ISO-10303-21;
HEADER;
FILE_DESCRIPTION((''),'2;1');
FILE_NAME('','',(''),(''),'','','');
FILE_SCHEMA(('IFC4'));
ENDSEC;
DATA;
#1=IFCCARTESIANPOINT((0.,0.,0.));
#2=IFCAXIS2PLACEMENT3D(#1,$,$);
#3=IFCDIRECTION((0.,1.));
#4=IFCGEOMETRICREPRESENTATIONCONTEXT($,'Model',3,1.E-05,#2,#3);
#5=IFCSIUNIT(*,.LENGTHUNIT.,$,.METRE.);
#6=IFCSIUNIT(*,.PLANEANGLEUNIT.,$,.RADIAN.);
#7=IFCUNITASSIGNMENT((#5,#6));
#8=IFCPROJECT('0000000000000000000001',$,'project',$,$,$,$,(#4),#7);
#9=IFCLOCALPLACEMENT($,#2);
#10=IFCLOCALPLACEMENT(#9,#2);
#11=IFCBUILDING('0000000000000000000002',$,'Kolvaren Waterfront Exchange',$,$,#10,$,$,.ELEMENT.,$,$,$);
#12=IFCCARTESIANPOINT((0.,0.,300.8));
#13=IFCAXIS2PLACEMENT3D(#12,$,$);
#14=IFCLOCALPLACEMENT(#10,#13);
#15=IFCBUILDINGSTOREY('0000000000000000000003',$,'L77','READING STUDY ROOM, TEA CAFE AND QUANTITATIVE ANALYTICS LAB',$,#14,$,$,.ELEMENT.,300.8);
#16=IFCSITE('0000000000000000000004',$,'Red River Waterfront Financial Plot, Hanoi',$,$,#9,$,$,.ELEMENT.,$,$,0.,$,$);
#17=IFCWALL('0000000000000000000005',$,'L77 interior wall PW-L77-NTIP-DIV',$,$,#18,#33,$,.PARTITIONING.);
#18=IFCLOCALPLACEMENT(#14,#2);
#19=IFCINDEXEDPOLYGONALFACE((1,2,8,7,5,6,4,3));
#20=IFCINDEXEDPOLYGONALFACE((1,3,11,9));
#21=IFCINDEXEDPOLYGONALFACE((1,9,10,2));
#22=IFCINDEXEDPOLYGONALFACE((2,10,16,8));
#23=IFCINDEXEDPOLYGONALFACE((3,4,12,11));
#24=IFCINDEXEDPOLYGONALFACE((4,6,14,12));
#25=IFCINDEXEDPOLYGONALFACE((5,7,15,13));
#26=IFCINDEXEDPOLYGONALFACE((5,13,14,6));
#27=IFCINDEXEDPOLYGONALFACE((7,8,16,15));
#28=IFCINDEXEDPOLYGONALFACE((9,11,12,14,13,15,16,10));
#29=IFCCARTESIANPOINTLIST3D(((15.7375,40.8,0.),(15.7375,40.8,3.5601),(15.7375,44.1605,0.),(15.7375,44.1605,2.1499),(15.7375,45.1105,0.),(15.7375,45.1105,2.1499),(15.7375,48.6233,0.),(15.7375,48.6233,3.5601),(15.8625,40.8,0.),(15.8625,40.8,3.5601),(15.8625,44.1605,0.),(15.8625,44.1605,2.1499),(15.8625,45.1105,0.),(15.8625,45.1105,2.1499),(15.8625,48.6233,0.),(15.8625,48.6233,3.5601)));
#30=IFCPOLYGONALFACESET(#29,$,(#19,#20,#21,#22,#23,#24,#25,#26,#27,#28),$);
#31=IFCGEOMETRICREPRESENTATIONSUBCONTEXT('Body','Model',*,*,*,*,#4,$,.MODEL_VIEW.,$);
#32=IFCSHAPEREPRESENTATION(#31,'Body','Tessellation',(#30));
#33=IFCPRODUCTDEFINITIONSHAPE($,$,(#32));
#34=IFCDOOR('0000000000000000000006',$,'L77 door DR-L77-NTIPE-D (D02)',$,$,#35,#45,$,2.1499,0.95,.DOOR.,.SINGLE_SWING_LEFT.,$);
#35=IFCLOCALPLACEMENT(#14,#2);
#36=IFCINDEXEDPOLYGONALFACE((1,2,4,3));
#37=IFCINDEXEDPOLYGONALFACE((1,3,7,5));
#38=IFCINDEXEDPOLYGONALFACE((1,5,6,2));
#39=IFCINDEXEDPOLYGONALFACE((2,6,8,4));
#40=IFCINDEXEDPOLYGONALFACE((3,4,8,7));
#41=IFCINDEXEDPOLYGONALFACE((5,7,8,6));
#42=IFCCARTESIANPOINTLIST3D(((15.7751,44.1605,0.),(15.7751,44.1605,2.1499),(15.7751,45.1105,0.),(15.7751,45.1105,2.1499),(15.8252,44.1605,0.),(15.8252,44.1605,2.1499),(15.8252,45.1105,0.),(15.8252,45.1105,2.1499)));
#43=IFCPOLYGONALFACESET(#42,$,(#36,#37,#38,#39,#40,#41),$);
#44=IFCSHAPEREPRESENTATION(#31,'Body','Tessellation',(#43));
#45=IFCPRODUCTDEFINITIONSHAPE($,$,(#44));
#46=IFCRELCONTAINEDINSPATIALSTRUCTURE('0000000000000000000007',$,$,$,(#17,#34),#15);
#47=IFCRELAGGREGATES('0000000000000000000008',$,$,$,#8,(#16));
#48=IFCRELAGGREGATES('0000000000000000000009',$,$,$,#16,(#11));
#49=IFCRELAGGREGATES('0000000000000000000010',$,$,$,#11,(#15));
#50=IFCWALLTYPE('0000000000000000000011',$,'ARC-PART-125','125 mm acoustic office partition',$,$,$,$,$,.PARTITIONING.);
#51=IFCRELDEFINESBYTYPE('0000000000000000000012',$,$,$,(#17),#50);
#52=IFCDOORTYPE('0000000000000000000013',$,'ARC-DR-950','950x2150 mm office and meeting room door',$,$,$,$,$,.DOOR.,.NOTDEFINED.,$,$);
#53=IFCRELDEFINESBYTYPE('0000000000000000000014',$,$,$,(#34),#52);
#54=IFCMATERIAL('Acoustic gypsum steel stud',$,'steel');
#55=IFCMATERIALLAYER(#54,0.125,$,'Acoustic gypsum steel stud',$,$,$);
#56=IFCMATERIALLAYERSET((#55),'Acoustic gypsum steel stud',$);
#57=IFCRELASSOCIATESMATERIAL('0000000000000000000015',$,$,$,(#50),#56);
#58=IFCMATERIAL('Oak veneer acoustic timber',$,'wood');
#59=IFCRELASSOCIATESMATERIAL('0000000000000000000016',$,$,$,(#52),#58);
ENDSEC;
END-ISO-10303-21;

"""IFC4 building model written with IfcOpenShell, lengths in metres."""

from ifc_helpers import new_model, si_unit, direction, frame, frame_2d, origin, place, context, subcontext, project, spatial, rectangle, extrude, material, layer, layer_set, type_object, element, fill, save


model = new_model("IFC4")

# Units and contexts
model_context = context("Model", 3, precision=1e-05, world=origin(), true_north=direction((0.0, 1.0)))
body_context = subcontext(model_context, "Body", "Model", "MODEL_VIEW")
ifc_project = project(units=[si_unit("LENGTHUNIT", "METRE"), si_unit("PLANEANGLEUNIT", "RADIAN")], contexts=[model_context])

# Site, building, storey
site_placement = place(None, origin())
site = spatial("IfcSite", under=ifc_project, at=site_placement, Name="Red River Waterfront Financial Plot, Hanoi", CompositionType="ELEMENT", RefElevation=0.0)
building_placement = place(site_placement, origin())
building = spatial("IfcBuilding", under=site, at=building_placement, Name="Kolvaren Waterfront Exchange", CompositionType="ELEMENT")
storey_placement = place(building_placement, frame((0.0, 0.0, 300.8)))
storey = spatial("IfcBuildingStorey", under=building, at=storey_placement, Name="L77", Description="READING STUDY ROOM, TEA CAFE AND QUANTITATIVE ANALYTICS LAB", CompositionType="ELEMENT", Elevation=300.8)

# Wall, opening, door
ifc_material_1 = material(Name="Acoustic gypsum steel stud", Category="steel")
ifc_layer_1 = layer(ifc_material_1, 0.125, Name="Acoustic gypsum steel stud")
ifc_layer_set_1 = layer_set([ifc_layer_1], Name="Acoustic gypsum steel stud")
wall_type_1 = type_object("IfcWallType", Name="ARC-PART-125", Description="125 mm acoustic office partition", PredefinedType="PARTITIONING", material=ifc_layer_set_1)
wall_1_placement = place(storey_placement, frame((15.8, 40.8, 0.0), z_axis=(0.0, 0.0, 1.0), x_axis=(0.0, 1.0, 0.0)))
wall_1 = element("IfcWall", 1, at=wall_1_placement, inside=storey, type_object=wall_type_1, Name="L77 interior wall PW-L77-NTIP-DIV", PredefinedType="PARTITIONING", context=body_context, shape_type="SweptSolid", body=[
    extrude(rectangle(XDim=7.8232, YDim=0.125, at=frame_2d((3.9116, 0.0))), origin(), (0.0, 0.0, 1.0), 3.5601),
])
opening_1_placement = place(wall_1_placement, frame((3.3604, 0.0, 0.0)))
opening_1 = element("IfcOpeningElement", 2, at=opening_1_placement, cuts=wall_1, PredefinedType="OPENING", context=body_context, shape_type="SweptSolid", body=[
    extrude(rectangle(XDim=0.95, YDim=2.1499, at=frame_2d((0.4751, 1.075))), frame((0.0, 0.0725, 0.0), z_axis=(0.0, -1.0, 0.0), x_axis=(1.0, 0.0, 0.0)), (0.0, 0.0, 1.0), 0.145),
])
ifc_material_2 = material(Name="Oak veneer acoustic timber", Category="wood")
door_type_1 = type_object("IfcDoorType", Name="ARC-DR-950", Description="950x2150 mm office and meeting room door", OperationType="NOTDEFINED", PredefinedType="DOOR", material=ifc_material_2)
door_1_placement = place(opening_1_placement, origin())
door_1 = element("IfcDoor", 3, at=door_1_placement, inside=storey, type_object=door_type_1, Name="L77 door DR-L77-NTIPE-D (D02)", OperationType="SINGLE_SWING_LEFT", OverallHeight=2.1499, OverallWidth=0.95, PredefinedType="DOOR", context=body_context, shape_type="SweptSolid", body=[
    extrude(rectangle(XDim=0.95, YDim=2.1499, at=frame_2d((0.4751, 1.075))), frame((0.0, 0.0249, 0.0), z_axis=(0.0, -1.0, 0.0), x_axis=(1.0, 0.0, 0.0)), (0.0, 0.0, 1.0), 0.05),
])
fill(opening_1, door_1)

save(model, "model.ifc")
